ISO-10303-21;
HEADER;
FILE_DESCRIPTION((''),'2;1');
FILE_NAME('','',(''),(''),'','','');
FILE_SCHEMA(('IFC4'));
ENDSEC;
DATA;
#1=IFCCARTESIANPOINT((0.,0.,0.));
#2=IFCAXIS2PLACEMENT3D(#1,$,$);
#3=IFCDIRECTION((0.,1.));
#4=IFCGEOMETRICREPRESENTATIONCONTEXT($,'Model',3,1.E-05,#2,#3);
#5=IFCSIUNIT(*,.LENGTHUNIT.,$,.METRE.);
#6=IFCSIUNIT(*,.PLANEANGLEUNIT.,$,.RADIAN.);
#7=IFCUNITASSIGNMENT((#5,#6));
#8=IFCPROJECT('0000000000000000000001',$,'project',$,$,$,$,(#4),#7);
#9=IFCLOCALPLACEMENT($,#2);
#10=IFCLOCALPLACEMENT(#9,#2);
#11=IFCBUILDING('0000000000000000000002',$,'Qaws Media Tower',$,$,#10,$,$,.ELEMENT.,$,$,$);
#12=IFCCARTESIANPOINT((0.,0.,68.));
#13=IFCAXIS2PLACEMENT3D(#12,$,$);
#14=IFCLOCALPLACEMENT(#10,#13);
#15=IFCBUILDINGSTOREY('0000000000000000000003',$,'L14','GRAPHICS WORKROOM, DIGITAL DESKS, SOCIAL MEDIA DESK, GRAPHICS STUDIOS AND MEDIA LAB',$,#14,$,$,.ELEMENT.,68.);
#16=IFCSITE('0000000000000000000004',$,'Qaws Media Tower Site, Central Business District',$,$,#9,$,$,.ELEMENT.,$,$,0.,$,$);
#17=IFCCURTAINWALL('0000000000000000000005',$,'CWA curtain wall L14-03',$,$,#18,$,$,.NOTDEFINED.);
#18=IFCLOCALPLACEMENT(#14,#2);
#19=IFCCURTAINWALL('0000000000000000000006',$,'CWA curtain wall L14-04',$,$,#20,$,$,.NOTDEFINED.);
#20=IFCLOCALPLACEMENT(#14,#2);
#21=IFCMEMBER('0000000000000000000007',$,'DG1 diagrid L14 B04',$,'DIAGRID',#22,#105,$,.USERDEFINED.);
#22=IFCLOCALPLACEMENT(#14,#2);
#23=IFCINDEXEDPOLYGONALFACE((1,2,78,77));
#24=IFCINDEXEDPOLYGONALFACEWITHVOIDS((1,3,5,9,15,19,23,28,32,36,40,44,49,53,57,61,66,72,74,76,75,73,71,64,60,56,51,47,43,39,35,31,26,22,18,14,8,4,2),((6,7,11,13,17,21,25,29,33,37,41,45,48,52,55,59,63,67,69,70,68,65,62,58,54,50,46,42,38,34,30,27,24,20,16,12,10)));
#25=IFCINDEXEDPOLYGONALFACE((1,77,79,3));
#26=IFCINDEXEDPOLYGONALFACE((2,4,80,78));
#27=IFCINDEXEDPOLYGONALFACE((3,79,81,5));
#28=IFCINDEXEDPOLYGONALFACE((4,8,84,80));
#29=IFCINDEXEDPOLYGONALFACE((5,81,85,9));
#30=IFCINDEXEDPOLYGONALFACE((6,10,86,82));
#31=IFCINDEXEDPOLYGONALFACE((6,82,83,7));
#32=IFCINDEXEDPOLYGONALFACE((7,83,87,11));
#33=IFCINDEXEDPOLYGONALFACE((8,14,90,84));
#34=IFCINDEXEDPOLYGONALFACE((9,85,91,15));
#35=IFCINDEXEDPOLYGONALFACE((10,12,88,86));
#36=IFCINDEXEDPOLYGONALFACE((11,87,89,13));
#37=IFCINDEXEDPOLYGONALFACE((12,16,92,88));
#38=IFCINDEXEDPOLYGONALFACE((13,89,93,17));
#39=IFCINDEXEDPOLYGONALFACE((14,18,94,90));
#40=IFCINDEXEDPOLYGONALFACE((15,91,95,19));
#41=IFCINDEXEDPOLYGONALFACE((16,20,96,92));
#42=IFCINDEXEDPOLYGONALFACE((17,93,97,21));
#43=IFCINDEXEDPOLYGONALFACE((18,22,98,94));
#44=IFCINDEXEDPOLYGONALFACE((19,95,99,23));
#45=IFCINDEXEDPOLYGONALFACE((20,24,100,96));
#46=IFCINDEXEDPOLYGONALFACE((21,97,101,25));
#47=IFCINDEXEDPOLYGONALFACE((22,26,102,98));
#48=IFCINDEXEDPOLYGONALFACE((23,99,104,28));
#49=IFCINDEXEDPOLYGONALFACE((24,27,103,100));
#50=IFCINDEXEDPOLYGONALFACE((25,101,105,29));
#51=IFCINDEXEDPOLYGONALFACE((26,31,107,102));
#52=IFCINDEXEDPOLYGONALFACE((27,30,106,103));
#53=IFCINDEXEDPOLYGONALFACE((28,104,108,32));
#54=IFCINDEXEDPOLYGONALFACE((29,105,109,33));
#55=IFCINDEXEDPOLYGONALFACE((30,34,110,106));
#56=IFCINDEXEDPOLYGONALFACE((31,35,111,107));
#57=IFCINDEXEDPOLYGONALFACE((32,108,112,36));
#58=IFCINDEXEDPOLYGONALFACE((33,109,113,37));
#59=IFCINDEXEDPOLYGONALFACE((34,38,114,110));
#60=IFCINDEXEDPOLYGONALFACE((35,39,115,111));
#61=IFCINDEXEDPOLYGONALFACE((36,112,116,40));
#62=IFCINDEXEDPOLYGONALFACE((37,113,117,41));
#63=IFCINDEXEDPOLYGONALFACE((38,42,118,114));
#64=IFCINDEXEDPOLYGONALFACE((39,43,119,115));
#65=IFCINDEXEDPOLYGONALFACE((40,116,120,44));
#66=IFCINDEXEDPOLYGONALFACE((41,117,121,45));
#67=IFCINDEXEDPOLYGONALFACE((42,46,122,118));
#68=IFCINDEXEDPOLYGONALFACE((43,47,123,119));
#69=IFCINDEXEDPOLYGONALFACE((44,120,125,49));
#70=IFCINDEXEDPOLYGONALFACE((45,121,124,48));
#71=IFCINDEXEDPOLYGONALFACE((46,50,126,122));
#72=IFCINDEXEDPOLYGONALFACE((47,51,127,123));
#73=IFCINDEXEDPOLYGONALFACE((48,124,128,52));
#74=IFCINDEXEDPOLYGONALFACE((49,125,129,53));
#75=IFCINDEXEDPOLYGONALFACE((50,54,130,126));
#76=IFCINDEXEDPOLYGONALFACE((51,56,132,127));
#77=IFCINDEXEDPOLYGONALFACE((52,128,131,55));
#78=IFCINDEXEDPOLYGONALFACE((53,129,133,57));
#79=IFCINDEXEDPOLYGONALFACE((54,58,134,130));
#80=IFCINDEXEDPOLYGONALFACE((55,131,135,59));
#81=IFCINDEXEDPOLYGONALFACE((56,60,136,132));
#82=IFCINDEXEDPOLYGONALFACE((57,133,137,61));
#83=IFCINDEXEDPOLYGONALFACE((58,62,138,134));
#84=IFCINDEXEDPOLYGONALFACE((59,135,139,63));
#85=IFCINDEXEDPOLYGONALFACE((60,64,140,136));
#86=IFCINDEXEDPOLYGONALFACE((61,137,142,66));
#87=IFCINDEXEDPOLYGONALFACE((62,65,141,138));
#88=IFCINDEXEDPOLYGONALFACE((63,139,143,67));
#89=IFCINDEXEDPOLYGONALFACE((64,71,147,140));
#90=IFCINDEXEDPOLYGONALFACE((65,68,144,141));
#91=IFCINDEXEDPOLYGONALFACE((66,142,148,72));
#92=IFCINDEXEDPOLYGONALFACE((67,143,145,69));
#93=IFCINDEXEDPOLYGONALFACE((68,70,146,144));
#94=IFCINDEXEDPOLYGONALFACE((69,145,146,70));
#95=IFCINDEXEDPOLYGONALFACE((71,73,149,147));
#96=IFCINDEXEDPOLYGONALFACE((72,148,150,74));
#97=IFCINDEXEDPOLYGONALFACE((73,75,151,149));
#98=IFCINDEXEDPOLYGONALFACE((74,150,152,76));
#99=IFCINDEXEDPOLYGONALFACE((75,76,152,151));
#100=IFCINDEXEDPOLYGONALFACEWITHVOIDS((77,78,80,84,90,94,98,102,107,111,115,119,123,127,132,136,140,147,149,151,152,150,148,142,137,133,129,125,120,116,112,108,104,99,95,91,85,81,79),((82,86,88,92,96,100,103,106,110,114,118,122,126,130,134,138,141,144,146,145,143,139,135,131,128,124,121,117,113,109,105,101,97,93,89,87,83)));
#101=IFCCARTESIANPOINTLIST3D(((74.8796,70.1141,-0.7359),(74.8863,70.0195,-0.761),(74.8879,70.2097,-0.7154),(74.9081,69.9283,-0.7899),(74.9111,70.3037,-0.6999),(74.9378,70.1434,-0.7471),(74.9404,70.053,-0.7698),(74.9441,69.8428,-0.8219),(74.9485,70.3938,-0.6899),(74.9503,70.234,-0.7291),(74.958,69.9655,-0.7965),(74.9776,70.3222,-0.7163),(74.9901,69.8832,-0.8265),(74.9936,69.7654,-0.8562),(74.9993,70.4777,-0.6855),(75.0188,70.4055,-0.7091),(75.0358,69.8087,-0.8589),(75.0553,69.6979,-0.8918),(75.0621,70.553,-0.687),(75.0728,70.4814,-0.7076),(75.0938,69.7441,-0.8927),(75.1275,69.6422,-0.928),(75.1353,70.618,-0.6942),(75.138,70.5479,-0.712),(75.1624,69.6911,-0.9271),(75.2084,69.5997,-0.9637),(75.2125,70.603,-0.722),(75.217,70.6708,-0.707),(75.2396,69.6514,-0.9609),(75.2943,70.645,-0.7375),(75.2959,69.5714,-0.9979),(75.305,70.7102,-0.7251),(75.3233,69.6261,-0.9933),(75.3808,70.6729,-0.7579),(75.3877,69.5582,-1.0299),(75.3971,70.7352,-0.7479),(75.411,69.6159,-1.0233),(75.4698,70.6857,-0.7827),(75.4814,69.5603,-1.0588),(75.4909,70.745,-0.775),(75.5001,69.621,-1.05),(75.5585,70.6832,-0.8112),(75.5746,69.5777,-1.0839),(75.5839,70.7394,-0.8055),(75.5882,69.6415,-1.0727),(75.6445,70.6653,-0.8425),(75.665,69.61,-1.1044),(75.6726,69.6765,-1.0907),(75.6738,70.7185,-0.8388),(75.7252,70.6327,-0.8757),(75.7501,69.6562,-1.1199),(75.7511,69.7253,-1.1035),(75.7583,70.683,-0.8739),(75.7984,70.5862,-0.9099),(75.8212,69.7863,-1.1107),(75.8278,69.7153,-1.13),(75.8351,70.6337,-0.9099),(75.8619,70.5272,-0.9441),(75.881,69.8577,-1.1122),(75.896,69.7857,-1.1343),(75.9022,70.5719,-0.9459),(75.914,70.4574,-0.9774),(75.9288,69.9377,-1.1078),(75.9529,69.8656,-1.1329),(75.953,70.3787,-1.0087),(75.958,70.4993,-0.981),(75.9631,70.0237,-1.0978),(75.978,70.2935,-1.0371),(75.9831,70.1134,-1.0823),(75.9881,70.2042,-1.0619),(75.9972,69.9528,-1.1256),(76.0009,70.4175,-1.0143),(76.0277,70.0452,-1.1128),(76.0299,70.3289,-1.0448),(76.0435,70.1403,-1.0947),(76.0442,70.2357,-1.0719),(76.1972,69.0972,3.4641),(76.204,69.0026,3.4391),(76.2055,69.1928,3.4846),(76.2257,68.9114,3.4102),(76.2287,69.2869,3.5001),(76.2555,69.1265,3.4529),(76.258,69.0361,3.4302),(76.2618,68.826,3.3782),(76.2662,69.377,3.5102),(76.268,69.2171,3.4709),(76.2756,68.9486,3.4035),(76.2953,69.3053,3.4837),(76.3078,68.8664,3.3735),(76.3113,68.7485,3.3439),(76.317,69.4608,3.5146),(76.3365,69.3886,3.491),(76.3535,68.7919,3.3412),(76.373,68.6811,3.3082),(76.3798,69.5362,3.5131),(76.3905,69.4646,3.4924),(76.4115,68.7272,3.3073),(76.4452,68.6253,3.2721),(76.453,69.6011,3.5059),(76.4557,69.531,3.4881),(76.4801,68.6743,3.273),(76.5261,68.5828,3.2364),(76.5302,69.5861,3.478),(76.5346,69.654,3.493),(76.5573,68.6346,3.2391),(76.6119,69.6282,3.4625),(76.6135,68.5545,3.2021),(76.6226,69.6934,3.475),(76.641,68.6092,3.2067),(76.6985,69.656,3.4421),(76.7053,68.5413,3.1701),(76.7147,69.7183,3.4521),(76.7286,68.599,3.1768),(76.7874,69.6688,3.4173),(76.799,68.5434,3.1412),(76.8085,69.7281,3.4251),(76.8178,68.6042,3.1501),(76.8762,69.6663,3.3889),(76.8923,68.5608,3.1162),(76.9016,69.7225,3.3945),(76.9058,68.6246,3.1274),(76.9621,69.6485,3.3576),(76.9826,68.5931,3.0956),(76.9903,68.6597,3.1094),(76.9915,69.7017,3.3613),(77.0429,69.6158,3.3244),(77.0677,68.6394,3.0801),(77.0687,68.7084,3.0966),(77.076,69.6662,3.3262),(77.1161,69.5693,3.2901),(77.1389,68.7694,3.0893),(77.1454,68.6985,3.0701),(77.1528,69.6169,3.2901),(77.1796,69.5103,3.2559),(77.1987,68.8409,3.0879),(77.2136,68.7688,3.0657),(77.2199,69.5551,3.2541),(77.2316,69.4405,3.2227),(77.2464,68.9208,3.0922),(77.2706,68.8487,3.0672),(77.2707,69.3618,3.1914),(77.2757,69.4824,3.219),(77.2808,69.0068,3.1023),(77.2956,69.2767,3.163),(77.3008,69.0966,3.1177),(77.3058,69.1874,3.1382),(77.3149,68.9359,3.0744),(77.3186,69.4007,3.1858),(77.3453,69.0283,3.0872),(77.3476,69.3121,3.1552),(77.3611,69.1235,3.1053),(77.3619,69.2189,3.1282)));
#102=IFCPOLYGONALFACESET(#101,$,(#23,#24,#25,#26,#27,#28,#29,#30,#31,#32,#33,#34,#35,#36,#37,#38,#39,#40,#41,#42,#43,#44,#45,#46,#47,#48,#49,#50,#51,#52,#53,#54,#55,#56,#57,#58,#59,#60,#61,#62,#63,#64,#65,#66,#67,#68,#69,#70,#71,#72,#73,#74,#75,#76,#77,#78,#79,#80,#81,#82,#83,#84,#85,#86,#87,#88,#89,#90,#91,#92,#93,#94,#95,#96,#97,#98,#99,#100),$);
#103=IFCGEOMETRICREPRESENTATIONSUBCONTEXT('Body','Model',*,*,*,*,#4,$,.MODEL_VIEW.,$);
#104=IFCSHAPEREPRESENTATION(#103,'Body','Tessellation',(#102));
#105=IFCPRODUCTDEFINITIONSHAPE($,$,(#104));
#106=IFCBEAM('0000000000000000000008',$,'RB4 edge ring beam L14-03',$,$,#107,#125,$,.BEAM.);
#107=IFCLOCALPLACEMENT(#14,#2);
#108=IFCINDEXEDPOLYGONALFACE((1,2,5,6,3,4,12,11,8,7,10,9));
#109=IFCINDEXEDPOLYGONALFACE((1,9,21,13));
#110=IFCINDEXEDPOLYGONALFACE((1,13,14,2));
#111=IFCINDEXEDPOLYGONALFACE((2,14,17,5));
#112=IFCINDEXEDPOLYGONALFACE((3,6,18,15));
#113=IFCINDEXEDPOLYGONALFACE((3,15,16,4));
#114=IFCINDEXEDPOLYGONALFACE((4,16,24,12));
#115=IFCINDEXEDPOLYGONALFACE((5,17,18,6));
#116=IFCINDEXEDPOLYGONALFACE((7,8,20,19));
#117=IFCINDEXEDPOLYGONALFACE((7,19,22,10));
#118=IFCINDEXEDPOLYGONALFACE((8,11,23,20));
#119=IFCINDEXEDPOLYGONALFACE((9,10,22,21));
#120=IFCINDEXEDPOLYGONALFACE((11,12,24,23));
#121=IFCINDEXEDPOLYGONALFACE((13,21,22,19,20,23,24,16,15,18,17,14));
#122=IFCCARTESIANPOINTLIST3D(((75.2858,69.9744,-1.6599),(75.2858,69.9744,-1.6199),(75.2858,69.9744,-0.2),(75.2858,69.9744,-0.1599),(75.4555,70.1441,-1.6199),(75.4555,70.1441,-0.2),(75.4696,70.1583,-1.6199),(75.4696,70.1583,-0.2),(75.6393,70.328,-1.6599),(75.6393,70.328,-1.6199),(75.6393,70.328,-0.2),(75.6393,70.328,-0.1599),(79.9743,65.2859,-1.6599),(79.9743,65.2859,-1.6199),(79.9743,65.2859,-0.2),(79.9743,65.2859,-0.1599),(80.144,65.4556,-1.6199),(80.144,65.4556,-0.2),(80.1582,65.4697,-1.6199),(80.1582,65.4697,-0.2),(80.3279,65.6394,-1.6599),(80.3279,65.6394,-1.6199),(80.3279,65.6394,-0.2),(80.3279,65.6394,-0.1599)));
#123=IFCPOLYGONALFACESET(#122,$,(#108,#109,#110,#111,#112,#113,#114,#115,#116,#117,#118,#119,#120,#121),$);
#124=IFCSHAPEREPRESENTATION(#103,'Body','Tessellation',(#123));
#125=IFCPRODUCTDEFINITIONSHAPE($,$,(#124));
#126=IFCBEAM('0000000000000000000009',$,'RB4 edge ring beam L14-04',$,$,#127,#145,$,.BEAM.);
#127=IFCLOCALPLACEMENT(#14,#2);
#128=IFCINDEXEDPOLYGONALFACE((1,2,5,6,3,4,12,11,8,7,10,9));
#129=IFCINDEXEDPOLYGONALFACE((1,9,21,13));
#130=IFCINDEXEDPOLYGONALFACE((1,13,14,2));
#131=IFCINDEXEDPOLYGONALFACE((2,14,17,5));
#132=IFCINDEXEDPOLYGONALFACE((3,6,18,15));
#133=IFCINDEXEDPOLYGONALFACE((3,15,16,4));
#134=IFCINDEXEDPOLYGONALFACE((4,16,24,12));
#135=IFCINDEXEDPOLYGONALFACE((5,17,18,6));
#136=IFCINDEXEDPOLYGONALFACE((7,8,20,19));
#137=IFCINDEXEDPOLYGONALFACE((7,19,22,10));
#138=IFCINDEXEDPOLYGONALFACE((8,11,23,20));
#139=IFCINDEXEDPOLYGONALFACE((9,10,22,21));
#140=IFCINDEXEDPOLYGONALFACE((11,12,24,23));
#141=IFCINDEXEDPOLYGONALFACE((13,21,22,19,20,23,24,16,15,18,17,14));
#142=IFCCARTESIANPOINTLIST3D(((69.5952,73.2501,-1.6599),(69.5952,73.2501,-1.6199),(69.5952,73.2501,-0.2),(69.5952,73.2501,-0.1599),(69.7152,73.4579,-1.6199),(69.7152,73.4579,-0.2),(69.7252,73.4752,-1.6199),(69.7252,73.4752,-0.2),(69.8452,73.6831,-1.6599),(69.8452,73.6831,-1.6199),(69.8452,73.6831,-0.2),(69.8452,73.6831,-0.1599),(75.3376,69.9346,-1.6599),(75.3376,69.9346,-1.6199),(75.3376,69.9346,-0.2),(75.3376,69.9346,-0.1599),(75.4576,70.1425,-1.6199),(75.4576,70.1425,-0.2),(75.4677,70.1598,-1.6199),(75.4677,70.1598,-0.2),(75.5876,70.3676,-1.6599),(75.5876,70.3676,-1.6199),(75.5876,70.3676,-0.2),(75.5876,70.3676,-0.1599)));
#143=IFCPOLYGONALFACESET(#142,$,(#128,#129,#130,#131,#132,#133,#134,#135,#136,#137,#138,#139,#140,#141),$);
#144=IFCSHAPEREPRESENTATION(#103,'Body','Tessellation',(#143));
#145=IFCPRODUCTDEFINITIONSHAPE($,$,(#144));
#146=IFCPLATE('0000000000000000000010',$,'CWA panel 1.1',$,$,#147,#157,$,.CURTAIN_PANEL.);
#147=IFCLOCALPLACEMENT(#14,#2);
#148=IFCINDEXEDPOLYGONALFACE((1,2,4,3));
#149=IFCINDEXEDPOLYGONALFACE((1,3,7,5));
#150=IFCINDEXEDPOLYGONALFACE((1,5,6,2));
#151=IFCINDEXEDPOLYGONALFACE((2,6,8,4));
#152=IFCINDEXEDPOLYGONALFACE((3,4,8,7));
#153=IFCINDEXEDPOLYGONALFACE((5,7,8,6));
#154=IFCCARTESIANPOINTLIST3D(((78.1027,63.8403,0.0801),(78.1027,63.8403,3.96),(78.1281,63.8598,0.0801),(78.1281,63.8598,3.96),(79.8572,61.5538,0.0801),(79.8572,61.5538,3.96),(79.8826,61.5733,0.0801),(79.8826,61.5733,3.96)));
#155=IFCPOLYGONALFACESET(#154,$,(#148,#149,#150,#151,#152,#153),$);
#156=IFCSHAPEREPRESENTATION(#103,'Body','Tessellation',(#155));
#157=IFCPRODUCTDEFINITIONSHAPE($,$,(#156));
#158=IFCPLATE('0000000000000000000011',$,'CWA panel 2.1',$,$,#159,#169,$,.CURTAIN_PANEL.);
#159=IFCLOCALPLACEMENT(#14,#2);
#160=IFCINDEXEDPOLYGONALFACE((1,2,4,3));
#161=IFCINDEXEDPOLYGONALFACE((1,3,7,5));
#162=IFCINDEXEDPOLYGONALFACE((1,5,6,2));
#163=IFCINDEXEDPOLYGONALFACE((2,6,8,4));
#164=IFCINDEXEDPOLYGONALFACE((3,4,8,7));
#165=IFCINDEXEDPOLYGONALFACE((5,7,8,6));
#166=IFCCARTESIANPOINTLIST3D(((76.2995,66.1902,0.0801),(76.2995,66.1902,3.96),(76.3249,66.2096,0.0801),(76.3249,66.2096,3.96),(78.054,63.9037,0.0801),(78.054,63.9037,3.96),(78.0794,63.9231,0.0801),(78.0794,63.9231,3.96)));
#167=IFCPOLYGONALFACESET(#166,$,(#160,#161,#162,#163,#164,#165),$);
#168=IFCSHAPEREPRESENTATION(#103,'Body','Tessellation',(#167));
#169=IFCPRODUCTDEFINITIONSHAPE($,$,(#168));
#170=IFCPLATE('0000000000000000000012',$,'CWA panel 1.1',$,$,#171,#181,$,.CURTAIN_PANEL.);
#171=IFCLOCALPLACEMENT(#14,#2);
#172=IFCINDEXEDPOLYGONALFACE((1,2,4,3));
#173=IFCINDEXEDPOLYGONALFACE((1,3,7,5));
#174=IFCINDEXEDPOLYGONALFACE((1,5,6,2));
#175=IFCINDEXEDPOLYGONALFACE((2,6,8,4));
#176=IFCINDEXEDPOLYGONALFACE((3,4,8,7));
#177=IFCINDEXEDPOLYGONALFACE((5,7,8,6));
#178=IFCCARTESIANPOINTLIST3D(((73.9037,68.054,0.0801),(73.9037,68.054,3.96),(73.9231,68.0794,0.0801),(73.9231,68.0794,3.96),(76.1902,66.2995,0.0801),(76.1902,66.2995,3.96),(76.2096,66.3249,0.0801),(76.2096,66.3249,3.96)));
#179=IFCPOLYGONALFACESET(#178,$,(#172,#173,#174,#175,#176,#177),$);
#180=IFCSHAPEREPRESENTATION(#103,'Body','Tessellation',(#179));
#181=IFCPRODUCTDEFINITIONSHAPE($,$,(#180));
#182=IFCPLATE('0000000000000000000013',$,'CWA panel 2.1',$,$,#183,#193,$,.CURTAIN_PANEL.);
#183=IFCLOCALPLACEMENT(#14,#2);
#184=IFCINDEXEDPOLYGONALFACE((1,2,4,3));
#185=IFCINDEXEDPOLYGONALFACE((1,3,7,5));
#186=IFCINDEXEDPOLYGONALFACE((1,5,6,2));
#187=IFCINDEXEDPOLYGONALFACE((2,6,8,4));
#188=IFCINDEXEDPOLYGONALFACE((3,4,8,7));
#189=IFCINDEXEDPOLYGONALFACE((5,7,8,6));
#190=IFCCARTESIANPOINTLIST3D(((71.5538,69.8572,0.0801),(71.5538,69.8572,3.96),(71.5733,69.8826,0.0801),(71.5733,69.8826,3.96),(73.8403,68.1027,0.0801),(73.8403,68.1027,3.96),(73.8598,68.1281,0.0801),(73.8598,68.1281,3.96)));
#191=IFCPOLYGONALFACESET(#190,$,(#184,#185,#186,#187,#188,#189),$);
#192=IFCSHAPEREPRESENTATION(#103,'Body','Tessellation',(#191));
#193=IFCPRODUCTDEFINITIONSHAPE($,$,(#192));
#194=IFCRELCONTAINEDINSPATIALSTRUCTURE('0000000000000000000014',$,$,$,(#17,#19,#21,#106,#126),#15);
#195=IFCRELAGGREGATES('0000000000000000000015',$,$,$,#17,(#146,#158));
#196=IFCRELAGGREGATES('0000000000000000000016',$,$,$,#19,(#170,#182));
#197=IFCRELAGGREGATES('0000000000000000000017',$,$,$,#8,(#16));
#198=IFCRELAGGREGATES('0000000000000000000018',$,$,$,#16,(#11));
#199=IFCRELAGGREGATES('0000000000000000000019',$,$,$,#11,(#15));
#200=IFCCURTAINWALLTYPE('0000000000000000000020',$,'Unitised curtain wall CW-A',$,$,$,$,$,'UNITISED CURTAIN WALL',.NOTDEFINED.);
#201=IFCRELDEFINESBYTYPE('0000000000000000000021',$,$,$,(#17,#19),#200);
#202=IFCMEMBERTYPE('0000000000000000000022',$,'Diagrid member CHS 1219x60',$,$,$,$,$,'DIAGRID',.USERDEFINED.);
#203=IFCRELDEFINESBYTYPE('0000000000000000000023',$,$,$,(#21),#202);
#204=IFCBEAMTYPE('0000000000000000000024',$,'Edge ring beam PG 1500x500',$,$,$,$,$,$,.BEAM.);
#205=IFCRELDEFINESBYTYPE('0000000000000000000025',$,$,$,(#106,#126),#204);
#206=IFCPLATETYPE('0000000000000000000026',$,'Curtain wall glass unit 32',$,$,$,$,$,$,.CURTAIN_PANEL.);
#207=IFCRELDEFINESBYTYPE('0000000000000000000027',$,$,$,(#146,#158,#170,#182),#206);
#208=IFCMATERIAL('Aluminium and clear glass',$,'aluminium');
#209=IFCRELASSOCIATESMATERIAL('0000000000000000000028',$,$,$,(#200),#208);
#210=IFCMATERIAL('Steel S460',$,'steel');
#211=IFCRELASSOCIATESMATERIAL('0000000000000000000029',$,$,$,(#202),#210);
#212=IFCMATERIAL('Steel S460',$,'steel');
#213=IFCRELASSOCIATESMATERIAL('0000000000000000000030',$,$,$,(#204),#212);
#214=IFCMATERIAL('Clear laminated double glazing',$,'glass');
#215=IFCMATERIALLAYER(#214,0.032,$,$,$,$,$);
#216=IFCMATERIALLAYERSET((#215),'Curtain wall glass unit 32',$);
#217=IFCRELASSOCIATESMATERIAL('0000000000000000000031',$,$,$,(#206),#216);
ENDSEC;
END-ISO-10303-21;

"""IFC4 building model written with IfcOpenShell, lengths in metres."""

from ifc_helpers import new_model, si_unit, direction, frame, origin, origin_2d, place, context, subcontext, project, spatial, rectangle, hollow_circle, i_section, extrude, material, layer, layer_set, material_profile, profile_set, type_object, element, aggregate, save


model = new_model("IFC4")

# Units and contexts
model_context = context("Model", 3, precision=1e-05, world=origin(), true_north=direction((0.0, 1.0)))
body_context = subcontext(model_context, "Body", "Model", "MODEL_VIEW")
ifc_project = project(units=[si_unit("LENGTHUNIT", "METRE"), si_unit("PLANEANGLEUNIT", "RADIAN")], contexts=[model_context])

# Site, building, storey
site_placement = place(None, origin())
site = spatial("IfcSite", under=ifc_project, at=site_placement, Name="Qaws Media Tower Site, Central Business District", CompositionType="ELEMENT", RefElevation=0.0)
building_placement = place(site_placement, origin())
building = spatial("IfcBuilding", under=site, at=building_placement, Name="Qaws Media Tower", CompositionType="ELEMENT")
storey_placement = place(building_placement, frame((0.0, 0.0, 68.0)))
storey = spatial("IfcBuildingStorey", under=building, at=storey_placement, Name="L14", Description="GRAPHICS WORKROOM, DIGITAL DESKS, SOCIAL MEDIA DESK, GRAPHICS STUDIOS AND MEDIA LAB", CompositionType="ELEMENT", Elevation=68.0)

# Shared definitions
ifc_material_1 = material(Name="Aluminium and clear glass", Category="aluminium")
curtain_wall_type = type_object("IfcCurtainWallType", Name="Unitised curtain wall CW-A", ElementType="UNITISED CURTAIN WALL", PredefinedType="NOTDEFINED", material=ifc_material_1)

# Curtain walls
curtain_wall_1_placement = place(storey_placement, origin())
curtain_wall_1 = element("IfcCurtainWall", 1, at=curtain_wall_1_placement, inside=storey, type_object=curtain_wall_type, Name="CWA curtain wall L14-03", PredefinedType="NOTDEFINED")
curtain_wall_2_placement = place(storey_placement, origin())
curtain_wall_2 = element("IfcCurtainWall", 2, at=curtain_wall_2_placement, inside=storey, type_object=curtain_wall_type, Name="CWA curtain wall L14-04", PredefinedType="NOTDEFINED")

# Member
ifc_material_2 = material(Name="Steel S460", Category="steel")
ifc_material_profile_1 = material_profile(ifc_material_2, hollow_circle(Radius=0.6096, WallThickness=0.0601, at=origin_2d()), Name="CHS 1219x60")
ifc_profile_set_1 = profile_set([ifc_material_profile_1], Name="Steel S460")
member_type_1 = type_object("IfcMemberType", Name="Diagrid member CHS 1219x60", ElementType="DIAGRID", PredefinedType="USERDEFINED", material=ifc_profile_set_1)
for number, where, z_axis, x_axis, name in (
    (3, (75.4626, 70.1511, -0.9099), (0.291658, -0.22508, 0.929664), (0.610951, 0.791669, 0.0), "DG1 diagrid L14 B04"),
):
    element("IfcMember", number, at=place(storey_placement, frame(where, z_axis=z_axis, x_axis=x_axis)), inside=storey, type_object=member_type_1, Name=name, ObjectType="DIAGRID", PredefinedType="USERDEFINED", context=body_context, shape_type="SweptSolid", body=[
        extrude(hollow_circle(Radius=0.6096, WallThickness=0.0601, at=origin_2d()), origin(), (0.0, 0.0, 1.0), 4.5178),
    ])

# Beams
ifc_material_3 = material(Name="Steel S460", Category="steel")
ifc_material_profile_2 = material_profile(ifc_material_3, i_section(OverallWidth=0.5, OverallDepth=1.5, WebThickness=0.02, FlangeThickness=0.04, at=origin_2d()), Name="PG 1500x500")
ifc_profile_set_2 = profile_set([ifc_material_profile_2], Name="Steel S460")
beam_type = type_object("IfcBeamType", Name="Edge ring beam PG 1500x500", PredefinedType="BEAM", material=ifc_profile_set_2)
beam_1_placement = place(storey_placement, frame((80.1511, 65.4626, -0.9099), z_axis=(-0.707107, 0.707107, 0.0), x_axis=(-0.707107, -0.707107, 0.0)))
element("IfcBeam", 4, at=beam_1_placement, inside=storey, type_object=beam_type, Name="RB4 edge ring beam L14-03", PredefinedType="BEAM", context=body_context, shape_type="SweptSolid", body=[
    extrude(i_section(OverallWidth=0.5, OverallDepth=1.5, WebThickness=0.02, FlangeThickness=0.04, at=origin_2d()), origin(), (0.0, 0.0, 1.0), 6.6306),
])
beam_2_placement = place(storey_placement, frame((75.4626, 70.1511, -0.9099), z_axis=(-0.866023, 0.500004, 0.0), x_axis=(-0.500004, -0.866023, 0.0)))
element("IfcBeam", 5, at=beam_2_placement, inside=storey, type_object=beam_type, Name="RB4 edge ring beam L14-04", PredefinedType="BEAM", context=body_context, shape_type="SweptSolid", body=[
    extrude(i_section(OverallWidth=0.5, OverallDepth=1.5, WebThickness=0.02, FlangeThickness=0.04, at=origin_2d()), origin(), (0.0, 0.0, 1.0), 6.6309),
])

# Plates
ifc_material_4 = material(Name="Clear laminated double glazing", Category="glass")
ifc_layer_1 = layer(ifc_material_4, 0.032)
ifc_layer_set_1 = layer_set([ifc_layer_1], Name="Curtain wall glass unit 32")
plate_type_1 = type_object("IfcPlateType", Name="Curtain wall glass unit 32", PredefinedType="CURTAIN_PANEL", material=ifc_layer_set_1)
plate_1_placement = place(storey_placement, frame((78.9927, 62.7068, 0.0801), z_axis=(0.0, 0.0, 1.0), x_axis=(-0.608761, 0.793353, 0.0)))
plate_1 = element("IfcPlate", 6, at=plate_1_placement, type_object=plate_type_1, Name="CWA panel 1.1", PredefinedType="CURTAIN_PANEL", context=body_context, shape_type="SweptSolid", body=[
    extrude(rectangle(XDim=2.8821, YDim=0.032, at=origin_2d()), origin(), (0.0, 0.0, 1.0), 3.8799),
])
plate_2_placement = place(storey_placement, frame((77.1895, 65.0566, 0.0801), z_axis=(0.0, 0.0, 1.0), x_axis=(-0.608761, 0.793353, 0.0)))
plate_2 = element("IfcPlate", 7, at=plate_2_placement, type_object=plate_type_1, Name="CWA panel 2.1", PredefinedType="CURTAIN_PANEL", context=body_context, shape_type="SweptSolid", body=[
    extrude(rectangle(XDim=2.8821, YDim=0.032, at=origin_2d()), origin(), (0.0, 0.0, 1.0), 3.8799),
])
aggregate(curtain_wall_1, [plate_1, plate_2])
plate_3_placement = place(storey_placement, frame((75.0566, 67.1895, 0.0801), z_axis=(0.0, 0.0, 1.0), x_axis=(-0.793353, 0.608761, 0.0)))
plate_3 = element("IfcPlate", 8, at=plate_3_placement, type_object=plate_type_1, Name="CWA panel 1.1", PredefinedType="CURTAIN_PANEL", context=body_context, shape_type="SweptSolid", body=[
    extrude(rectangle(XDim=2.8821, YDim=0.032, at=origin_2d()), origin(), (0.0, 0.0, 1.0), 3.8799),
])
plate_4_placement = place(storey_placement, frame((72.7068, 68.9927, 0.0801), z_axis=(0.0, 0.0, 1.0), x_axis=(-0.793353, 0.608761, 0.0)))
plate_4 = element("IfcPlate", 9, at=plate_4_placement, type_object=plate_type_1, Name="CWA panel 2.1", PredefinedType="CURTAIN_PANEL", context=body_context, shape_type="SweptSolid", body=[
    extrude(rectangle(XDim=2.8821, YDim=0.032, at=origin_2d()), origin(), (0.0, 0.0, 1.0), 3.8799),
])
aggregate(curtain_wall_2, [plate_3, plate_4])

save(model, "model.ifc")
